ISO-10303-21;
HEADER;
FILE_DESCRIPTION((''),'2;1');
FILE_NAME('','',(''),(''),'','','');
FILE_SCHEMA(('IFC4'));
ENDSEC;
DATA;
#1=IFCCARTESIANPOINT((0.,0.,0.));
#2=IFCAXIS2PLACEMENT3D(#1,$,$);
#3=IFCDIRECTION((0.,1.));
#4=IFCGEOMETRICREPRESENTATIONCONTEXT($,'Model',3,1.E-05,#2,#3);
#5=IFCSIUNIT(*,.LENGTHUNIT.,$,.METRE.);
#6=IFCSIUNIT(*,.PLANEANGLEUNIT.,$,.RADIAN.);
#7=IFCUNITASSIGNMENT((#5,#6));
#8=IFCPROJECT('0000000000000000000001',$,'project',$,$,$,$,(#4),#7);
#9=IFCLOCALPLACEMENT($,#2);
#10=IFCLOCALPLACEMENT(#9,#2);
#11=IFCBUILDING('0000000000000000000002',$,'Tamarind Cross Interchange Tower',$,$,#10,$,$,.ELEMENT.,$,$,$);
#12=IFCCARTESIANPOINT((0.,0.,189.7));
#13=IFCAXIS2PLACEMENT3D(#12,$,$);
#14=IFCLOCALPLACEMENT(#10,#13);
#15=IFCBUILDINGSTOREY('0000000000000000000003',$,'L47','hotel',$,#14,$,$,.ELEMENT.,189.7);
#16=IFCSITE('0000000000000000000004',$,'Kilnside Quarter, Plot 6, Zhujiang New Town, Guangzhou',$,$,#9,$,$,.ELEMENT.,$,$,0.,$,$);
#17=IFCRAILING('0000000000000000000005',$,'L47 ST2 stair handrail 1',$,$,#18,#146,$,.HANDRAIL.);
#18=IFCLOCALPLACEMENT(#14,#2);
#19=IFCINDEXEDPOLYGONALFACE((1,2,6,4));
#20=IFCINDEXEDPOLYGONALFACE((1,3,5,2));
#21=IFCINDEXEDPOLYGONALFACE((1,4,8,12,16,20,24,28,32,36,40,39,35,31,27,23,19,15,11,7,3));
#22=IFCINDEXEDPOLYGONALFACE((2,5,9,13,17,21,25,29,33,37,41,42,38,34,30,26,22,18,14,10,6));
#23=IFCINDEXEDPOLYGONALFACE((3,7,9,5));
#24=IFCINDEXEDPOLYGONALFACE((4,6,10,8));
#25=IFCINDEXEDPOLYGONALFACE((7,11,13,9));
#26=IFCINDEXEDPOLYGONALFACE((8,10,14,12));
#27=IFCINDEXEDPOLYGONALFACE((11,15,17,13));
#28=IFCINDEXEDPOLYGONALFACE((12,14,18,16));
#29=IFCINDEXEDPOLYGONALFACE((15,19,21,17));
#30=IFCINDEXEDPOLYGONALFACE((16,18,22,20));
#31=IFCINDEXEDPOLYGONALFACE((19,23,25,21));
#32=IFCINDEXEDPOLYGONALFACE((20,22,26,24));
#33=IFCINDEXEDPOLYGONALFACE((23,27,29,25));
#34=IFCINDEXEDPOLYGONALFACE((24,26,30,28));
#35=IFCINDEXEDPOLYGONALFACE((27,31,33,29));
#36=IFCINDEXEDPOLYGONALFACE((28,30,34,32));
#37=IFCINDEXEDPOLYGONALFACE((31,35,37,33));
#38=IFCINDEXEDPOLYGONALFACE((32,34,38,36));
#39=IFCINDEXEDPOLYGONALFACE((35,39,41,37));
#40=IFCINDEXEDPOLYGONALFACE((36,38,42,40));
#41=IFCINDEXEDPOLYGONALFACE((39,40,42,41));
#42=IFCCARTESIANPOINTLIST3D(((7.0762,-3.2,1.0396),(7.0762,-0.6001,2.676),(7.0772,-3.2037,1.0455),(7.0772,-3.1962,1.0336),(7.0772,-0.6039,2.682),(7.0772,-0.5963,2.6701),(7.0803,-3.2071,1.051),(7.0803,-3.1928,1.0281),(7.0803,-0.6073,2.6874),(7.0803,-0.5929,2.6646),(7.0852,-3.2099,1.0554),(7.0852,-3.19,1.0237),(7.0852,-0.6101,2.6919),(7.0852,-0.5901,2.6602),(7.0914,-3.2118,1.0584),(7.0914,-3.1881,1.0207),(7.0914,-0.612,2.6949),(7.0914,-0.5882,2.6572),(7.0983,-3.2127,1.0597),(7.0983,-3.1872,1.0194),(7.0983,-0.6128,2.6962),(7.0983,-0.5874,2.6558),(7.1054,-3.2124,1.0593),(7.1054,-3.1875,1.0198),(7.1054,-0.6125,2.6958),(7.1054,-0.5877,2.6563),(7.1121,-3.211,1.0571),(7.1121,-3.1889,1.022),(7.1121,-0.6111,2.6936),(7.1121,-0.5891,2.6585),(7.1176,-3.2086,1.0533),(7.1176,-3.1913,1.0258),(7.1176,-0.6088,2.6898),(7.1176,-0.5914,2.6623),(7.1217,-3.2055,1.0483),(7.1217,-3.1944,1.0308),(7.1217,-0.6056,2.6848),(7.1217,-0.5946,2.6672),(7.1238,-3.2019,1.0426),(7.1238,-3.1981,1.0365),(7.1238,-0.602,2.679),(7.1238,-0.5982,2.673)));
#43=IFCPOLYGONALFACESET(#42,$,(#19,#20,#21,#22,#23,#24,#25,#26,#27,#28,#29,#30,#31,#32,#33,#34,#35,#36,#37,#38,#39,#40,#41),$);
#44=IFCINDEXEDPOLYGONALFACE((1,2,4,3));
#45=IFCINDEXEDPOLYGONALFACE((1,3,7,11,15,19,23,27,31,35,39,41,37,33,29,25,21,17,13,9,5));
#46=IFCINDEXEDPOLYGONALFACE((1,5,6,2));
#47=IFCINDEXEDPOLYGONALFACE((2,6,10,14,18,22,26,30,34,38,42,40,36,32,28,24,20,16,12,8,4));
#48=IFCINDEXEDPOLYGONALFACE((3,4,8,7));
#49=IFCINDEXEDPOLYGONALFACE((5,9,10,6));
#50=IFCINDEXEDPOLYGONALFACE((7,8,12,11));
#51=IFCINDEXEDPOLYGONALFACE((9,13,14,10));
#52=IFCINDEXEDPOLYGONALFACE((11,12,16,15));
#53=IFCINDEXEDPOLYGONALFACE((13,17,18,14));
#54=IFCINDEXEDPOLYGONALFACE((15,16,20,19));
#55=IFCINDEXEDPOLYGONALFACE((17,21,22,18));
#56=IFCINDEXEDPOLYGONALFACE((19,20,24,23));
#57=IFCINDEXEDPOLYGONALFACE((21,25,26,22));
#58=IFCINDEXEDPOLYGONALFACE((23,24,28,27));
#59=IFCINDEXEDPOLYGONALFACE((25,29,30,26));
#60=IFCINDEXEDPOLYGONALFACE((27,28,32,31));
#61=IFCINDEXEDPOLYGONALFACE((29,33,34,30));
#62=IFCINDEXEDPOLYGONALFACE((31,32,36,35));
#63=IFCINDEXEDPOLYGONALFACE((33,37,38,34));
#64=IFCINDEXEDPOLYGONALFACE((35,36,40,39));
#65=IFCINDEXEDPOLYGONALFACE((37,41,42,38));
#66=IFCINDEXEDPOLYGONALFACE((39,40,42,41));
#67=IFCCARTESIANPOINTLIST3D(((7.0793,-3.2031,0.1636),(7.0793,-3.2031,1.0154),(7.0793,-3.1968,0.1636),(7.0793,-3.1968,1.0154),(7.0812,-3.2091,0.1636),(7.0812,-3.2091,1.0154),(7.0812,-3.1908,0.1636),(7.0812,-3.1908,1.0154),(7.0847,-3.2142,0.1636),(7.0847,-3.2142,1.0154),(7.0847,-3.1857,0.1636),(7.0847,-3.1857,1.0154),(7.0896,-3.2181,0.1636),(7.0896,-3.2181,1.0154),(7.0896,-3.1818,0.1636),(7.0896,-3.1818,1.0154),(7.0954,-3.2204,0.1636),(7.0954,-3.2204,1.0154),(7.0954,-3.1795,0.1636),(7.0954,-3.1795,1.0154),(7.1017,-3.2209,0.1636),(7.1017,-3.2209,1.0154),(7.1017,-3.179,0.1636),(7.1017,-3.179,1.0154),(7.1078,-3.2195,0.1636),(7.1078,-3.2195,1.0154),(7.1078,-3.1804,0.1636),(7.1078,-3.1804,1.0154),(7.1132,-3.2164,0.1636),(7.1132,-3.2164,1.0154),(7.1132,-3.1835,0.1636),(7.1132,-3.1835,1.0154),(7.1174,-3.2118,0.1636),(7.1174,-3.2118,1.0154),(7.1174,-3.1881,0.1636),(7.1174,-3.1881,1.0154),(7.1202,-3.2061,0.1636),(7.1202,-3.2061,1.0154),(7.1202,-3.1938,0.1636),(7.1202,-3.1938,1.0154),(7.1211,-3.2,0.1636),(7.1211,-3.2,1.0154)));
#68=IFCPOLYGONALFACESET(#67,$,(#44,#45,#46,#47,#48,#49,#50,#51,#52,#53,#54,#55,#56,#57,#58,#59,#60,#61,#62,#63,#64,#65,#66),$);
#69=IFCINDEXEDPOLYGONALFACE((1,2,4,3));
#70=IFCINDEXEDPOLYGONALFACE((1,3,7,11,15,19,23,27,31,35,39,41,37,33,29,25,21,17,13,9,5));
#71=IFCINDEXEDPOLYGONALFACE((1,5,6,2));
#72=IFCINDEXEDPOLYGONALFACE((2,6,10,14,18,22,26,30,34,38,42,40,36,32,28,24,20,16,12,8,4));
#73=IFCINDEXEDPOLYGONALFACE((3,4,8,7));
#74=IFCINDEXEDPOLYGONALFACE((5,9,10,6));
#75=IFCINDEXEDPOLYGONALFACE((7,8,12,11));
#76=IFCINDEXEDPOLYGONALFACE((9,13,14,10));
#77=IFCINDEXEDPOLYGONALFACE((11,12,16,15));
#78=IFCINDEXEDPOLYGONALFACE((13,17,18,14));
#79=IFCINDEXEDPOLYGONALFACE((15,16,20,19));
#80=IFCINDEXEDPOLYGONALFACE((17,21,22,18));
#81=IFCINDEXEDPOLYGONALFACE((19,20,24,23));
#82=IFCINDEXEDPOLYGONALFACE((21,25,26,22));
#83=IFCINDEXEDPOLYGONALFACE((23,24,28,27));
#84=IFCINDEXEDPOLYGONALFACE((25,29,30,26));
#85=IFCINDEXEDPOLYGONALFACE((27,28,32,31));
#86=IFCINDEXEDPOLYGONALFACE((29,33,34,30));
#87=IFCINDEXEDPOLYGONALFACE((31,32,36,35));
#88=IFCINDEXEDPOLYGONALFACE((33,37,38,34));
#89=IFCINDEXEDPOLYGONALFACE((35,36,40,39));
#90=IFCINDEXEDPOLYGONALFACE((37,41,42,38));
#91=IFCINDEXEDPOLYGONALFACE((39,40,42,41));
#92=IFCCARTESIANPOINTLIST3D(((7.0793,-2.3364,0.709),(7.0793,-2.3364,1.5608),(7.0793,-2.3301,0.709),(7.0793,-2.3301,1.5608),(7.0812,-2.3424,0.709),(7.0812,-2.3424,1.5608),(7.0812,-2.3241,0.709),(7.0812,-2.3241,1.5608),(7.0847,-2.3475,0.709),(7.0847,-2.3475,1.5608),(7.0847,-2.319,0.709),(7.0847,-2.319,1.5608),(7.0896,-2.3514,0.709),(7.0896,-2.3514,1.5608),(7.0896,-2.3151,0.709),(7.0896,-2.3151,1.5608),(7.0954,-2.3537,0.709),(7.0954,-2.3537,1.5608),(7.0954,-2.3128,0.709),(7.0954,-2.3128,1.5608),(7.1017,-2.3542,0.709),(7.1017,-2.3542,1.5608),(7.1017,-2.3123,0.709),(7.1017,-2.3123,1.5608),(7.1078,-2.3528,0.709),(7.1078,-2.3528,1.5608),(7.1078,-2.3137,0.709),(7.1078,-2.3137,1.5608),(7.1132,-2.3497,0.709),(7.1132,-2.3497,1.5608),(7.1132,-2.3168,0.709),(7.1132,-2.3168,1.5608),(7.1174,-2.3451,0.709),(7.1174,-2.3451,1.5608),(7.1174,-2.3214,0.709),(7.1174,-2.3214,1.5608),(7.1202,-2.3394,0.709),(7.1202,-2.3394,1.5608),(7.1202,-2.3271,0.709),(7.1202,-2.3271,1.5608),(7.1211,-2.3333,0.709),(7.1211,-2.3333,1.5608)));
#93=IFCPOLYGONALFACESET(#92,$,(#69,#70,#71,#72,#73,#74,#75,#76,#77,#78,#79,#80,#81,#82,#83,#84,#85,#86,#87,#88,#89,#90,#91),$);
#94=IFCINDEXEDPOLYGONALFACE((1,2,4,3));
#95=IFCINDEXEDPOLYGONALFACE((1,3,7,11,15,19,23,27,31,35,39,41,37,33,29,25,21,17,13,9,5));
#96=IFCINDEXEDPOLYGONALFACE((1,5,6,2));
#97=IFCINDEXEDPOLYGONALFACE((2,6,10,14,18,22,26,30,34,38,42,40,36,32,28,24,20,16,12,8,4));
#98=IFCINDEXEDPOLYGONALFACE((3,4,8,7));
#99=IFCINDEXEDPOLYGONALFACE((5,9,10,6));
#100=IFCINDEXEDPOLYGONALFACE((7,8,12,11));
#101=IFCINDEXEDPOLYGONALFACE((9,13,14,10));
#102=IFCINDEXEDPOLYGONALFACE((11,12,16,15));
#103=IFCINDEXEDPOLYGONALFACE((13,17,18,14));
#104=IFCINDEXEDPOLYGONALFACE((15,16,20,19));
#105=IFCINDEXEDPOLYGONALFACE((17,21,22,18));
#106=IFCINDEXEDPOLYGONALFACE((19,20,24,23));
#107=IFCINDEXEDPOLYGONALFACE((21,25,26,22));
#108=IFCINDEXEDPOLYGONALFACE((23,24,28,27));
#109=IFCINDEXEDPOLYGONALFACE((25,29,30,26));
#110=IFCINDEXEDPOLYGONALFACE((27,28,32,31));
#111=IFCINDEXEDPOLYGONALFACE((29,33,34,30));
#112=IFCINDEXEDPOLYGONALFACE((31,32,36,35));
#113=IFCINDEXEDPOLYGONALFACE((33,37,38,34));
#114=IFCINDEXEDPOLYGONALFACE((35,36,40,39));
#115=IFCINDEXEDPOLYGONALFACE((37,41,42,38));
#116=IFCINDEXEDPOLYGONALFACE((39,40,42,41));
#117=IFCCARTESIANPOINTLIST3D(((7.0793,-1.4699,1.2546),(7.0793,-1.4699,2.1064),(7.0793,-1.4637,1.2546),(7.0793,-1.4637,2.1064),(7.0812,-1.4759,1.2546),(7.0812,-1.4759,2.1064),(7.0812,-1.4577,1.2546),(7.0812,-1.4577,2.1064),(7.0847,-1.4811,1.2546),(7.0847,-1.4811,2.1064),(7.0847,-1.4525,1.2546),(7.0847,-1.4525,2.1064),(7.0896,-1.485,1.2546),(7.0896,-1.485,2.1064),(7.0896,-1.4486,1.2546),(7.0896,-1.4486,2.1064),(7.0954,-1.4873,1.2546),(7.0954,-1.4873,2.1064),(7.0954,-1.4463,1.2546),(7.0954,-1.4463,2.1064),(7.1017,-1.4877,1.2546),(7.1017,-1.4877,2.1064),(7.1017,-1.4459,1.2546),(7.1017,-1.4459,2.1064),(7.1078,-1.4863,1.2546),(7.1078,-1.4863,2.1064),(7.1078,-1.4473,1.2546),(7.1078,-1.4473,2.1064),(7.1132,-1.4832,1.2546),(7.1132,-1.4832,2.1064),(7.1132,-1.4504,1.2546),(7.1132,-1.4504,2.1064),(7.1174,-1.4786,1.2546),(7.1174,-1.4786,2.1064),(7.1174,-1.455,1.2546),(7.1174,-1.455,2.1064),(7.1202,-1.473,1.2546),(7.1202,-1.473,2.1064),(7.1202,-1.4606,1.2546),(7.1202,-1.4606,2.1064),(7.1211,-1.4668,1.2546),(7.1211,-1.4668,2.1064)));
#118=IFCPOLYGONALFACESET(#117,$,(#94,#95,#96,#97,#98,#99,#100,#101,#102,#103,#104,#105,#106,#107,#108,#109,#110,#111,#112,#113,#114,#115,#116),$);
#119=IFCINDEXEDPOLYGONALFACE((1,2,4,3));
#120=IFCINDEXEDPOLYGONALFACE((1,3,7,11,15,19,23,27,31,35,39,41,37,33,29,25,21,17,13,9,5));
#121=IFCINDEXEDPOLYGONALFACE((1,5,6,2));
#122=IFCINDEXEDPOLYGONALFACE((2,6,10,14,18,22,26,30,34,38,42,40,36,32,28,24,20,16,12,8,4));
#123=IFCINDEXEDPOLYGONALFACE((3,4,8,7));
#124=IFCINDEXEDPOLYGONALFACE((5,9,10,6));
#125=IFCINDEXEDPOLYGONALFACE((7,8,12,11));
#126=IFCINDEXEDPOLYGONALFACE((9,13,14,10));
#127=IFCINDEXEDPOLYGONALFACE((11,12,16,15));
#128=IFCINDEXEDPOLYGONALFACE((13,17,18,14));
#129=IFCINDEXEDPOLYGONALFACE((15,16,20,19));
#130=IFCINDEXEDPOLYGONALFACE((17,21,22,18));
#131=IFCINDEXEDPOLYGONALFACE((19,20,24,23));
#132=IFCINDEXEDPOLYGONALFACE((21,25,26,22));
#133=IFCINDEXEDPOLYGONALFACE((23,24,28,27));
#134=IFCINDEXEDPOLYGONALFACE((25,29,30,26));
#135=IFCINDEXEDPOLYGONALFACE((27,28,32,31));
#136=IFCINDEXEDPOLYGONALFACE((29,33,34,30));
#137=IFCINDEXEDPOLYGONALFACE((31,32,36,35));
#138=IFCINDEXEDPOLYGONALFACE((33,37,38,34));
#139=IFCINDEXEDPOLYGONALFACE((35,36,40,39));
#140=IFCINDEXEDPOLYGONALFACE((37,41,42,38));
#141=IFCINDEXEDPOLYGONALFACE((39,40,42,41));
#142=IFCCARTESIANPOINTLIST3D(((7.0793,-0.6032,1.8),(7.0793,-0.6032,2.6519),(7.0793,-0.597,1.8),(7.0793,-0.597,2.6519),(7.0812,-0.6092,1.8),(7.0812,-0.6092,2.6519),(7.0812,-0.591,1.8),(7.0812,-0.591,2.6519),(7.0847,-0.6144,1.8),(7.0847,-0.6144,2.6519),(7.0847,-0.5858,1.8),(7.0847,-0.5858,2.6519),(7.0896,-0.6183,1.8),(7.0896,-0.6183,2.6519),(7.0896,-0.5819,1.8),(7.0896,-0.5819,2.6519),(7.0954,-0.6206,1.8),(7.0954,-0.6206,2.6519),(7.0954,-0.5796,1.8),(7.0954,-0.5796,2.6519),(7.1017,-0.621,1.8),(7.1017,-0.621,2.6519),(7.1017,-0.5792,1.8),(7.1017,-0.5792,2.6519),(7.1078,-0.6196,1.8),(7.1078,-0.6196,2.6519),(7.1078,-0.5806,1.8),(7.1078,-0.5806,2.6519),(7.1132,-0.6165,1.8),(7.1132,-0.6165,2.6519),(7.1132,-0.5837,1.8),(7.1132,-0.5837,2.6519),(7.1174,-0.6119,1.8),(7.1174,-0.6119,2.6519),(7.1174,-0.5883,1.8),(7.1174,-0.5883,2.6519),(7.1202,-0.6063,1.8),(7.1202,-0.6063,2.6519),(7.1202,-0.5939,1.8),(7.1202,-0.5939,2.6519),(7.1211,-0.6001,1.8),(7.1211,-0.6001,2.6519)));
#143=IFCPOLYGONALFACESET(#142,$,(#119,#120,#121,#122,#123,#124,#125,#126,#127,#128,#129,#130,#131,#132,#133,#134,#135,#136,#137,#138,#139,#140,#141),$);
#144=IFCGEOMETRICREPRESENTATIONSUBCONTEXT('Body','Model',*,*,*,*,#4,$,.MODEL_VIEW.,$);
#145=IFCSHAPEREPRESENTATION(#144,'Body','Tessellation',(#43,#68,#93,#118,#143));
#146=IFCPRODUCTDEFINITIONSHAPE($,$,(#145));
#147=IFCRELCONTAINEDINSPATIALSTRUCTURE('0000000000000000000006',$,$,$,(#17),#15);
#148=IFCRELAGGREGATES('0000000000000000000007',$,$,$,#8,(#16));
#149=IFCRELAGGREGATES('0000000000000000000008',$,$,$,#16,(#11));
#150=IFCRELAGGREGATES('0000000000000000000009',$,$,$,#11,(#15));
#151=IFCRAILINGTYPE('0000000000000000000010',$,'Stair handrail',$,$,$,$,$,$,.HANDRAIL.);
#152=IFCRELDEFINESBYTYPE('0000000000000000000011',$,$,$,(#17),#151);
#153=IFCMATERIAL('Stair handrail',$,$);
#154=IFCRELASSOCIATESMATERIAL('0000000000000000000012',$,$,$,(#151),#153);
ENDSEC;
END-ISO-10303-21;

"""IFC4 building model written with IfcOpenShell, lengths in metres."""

from ifc_helpers import new_model, si_unit, direction, frame, origin, origin_2d, place, context, subcontext, project, spatial, circle, extrude, material, type_object, element, save


model = new_model("IFC4")

# Units and contexts
model_context = context("Model", 3, precision=1e-05, world=origin(), true_north=direction((0.0, 1.0)))
body_context = subcontext(model_context, "Body", "Model", "MODEL_VIEW")
ifc_project = project(units=[si_unit("LENGTHUNIT", "METRE"), si_unit("PLANEANGLEUNIT", "RADIAN")], contexts=[model_context])

# Site, building, storey
site_placement = place(None, origin())
site = spatial("IfcSite", under=ifc_project, at=site_placement, Name="Kilnside Quarter, Plot 6, Zhujiang New Town, Guangzhou", CompositionType="ELEMENT", RefElevation=0.0)
building_placement = place(site_placement, origin())
building = spatial("IfcBuilding", under=site, at=building_placement, Name="Tamarind Cross Interchange Tower", CompositionType="ELEMENT")
storey_placement = place(building_placement, frame((0.0, 0.0, 189.7)))
storey = spatial("IfcBuildingStorey", under=building, at=storey_placement, Name="L47", Description="hotel", CompositionType="ELEMENT", Elevation=189.7)

# Railing
ifc_material_1 = material(Name="Stair handrail")
railing_type_1 = type_object("IfcRailingType", Name="Stair handrail", PredefinedType="HANDRAIL", material=ifc_material_1)
railing_1_placement = place(storey_placement, frame((7.1001, -3.2, 0.1636)))
element("IfcRailing", 1, at=railing_1_placement, inside=storey, type_object=railing_type_1, Name="L47 ST2 stair handrail 1", PredefinedType="HANDRAIL", context=body_context, shape_type="SweptSolid", body=[
    extrude(circle(Radius=0.0239, at=origin_2d()), frame((0.0, 0.0, 0.876), z_axis=(0.0, 0.846302, 0.532704), x_axis=(-1.0, 0.0, 0.0)), (0.0, 0.0, 1.0), 3.072),
    extrude(circle(Radius=0.021, at=origin_2d()), origin(), (0.0, 0.0, 1.0), 0.8518),
    extrude(circle(Radius=0.021, at=origin_2d()), frame((0.0, 0.8667, 0.5454)), (0.0, 0.0, 1.0), 0.8518),
    extrude(circle(Radius=0.021, at=origin_2d()), frame((0.0, 1.7332, 1.0911)), (0.0, 0.0, 1.0), 0.8518),
    extrude(circle(Radius=0.021, at=origin_2d()), frame((0.0, 2.5999, 1.6365)), (0.0, 0.0, 1.0), 0.8518),
])

save(model, "model.ifc")
